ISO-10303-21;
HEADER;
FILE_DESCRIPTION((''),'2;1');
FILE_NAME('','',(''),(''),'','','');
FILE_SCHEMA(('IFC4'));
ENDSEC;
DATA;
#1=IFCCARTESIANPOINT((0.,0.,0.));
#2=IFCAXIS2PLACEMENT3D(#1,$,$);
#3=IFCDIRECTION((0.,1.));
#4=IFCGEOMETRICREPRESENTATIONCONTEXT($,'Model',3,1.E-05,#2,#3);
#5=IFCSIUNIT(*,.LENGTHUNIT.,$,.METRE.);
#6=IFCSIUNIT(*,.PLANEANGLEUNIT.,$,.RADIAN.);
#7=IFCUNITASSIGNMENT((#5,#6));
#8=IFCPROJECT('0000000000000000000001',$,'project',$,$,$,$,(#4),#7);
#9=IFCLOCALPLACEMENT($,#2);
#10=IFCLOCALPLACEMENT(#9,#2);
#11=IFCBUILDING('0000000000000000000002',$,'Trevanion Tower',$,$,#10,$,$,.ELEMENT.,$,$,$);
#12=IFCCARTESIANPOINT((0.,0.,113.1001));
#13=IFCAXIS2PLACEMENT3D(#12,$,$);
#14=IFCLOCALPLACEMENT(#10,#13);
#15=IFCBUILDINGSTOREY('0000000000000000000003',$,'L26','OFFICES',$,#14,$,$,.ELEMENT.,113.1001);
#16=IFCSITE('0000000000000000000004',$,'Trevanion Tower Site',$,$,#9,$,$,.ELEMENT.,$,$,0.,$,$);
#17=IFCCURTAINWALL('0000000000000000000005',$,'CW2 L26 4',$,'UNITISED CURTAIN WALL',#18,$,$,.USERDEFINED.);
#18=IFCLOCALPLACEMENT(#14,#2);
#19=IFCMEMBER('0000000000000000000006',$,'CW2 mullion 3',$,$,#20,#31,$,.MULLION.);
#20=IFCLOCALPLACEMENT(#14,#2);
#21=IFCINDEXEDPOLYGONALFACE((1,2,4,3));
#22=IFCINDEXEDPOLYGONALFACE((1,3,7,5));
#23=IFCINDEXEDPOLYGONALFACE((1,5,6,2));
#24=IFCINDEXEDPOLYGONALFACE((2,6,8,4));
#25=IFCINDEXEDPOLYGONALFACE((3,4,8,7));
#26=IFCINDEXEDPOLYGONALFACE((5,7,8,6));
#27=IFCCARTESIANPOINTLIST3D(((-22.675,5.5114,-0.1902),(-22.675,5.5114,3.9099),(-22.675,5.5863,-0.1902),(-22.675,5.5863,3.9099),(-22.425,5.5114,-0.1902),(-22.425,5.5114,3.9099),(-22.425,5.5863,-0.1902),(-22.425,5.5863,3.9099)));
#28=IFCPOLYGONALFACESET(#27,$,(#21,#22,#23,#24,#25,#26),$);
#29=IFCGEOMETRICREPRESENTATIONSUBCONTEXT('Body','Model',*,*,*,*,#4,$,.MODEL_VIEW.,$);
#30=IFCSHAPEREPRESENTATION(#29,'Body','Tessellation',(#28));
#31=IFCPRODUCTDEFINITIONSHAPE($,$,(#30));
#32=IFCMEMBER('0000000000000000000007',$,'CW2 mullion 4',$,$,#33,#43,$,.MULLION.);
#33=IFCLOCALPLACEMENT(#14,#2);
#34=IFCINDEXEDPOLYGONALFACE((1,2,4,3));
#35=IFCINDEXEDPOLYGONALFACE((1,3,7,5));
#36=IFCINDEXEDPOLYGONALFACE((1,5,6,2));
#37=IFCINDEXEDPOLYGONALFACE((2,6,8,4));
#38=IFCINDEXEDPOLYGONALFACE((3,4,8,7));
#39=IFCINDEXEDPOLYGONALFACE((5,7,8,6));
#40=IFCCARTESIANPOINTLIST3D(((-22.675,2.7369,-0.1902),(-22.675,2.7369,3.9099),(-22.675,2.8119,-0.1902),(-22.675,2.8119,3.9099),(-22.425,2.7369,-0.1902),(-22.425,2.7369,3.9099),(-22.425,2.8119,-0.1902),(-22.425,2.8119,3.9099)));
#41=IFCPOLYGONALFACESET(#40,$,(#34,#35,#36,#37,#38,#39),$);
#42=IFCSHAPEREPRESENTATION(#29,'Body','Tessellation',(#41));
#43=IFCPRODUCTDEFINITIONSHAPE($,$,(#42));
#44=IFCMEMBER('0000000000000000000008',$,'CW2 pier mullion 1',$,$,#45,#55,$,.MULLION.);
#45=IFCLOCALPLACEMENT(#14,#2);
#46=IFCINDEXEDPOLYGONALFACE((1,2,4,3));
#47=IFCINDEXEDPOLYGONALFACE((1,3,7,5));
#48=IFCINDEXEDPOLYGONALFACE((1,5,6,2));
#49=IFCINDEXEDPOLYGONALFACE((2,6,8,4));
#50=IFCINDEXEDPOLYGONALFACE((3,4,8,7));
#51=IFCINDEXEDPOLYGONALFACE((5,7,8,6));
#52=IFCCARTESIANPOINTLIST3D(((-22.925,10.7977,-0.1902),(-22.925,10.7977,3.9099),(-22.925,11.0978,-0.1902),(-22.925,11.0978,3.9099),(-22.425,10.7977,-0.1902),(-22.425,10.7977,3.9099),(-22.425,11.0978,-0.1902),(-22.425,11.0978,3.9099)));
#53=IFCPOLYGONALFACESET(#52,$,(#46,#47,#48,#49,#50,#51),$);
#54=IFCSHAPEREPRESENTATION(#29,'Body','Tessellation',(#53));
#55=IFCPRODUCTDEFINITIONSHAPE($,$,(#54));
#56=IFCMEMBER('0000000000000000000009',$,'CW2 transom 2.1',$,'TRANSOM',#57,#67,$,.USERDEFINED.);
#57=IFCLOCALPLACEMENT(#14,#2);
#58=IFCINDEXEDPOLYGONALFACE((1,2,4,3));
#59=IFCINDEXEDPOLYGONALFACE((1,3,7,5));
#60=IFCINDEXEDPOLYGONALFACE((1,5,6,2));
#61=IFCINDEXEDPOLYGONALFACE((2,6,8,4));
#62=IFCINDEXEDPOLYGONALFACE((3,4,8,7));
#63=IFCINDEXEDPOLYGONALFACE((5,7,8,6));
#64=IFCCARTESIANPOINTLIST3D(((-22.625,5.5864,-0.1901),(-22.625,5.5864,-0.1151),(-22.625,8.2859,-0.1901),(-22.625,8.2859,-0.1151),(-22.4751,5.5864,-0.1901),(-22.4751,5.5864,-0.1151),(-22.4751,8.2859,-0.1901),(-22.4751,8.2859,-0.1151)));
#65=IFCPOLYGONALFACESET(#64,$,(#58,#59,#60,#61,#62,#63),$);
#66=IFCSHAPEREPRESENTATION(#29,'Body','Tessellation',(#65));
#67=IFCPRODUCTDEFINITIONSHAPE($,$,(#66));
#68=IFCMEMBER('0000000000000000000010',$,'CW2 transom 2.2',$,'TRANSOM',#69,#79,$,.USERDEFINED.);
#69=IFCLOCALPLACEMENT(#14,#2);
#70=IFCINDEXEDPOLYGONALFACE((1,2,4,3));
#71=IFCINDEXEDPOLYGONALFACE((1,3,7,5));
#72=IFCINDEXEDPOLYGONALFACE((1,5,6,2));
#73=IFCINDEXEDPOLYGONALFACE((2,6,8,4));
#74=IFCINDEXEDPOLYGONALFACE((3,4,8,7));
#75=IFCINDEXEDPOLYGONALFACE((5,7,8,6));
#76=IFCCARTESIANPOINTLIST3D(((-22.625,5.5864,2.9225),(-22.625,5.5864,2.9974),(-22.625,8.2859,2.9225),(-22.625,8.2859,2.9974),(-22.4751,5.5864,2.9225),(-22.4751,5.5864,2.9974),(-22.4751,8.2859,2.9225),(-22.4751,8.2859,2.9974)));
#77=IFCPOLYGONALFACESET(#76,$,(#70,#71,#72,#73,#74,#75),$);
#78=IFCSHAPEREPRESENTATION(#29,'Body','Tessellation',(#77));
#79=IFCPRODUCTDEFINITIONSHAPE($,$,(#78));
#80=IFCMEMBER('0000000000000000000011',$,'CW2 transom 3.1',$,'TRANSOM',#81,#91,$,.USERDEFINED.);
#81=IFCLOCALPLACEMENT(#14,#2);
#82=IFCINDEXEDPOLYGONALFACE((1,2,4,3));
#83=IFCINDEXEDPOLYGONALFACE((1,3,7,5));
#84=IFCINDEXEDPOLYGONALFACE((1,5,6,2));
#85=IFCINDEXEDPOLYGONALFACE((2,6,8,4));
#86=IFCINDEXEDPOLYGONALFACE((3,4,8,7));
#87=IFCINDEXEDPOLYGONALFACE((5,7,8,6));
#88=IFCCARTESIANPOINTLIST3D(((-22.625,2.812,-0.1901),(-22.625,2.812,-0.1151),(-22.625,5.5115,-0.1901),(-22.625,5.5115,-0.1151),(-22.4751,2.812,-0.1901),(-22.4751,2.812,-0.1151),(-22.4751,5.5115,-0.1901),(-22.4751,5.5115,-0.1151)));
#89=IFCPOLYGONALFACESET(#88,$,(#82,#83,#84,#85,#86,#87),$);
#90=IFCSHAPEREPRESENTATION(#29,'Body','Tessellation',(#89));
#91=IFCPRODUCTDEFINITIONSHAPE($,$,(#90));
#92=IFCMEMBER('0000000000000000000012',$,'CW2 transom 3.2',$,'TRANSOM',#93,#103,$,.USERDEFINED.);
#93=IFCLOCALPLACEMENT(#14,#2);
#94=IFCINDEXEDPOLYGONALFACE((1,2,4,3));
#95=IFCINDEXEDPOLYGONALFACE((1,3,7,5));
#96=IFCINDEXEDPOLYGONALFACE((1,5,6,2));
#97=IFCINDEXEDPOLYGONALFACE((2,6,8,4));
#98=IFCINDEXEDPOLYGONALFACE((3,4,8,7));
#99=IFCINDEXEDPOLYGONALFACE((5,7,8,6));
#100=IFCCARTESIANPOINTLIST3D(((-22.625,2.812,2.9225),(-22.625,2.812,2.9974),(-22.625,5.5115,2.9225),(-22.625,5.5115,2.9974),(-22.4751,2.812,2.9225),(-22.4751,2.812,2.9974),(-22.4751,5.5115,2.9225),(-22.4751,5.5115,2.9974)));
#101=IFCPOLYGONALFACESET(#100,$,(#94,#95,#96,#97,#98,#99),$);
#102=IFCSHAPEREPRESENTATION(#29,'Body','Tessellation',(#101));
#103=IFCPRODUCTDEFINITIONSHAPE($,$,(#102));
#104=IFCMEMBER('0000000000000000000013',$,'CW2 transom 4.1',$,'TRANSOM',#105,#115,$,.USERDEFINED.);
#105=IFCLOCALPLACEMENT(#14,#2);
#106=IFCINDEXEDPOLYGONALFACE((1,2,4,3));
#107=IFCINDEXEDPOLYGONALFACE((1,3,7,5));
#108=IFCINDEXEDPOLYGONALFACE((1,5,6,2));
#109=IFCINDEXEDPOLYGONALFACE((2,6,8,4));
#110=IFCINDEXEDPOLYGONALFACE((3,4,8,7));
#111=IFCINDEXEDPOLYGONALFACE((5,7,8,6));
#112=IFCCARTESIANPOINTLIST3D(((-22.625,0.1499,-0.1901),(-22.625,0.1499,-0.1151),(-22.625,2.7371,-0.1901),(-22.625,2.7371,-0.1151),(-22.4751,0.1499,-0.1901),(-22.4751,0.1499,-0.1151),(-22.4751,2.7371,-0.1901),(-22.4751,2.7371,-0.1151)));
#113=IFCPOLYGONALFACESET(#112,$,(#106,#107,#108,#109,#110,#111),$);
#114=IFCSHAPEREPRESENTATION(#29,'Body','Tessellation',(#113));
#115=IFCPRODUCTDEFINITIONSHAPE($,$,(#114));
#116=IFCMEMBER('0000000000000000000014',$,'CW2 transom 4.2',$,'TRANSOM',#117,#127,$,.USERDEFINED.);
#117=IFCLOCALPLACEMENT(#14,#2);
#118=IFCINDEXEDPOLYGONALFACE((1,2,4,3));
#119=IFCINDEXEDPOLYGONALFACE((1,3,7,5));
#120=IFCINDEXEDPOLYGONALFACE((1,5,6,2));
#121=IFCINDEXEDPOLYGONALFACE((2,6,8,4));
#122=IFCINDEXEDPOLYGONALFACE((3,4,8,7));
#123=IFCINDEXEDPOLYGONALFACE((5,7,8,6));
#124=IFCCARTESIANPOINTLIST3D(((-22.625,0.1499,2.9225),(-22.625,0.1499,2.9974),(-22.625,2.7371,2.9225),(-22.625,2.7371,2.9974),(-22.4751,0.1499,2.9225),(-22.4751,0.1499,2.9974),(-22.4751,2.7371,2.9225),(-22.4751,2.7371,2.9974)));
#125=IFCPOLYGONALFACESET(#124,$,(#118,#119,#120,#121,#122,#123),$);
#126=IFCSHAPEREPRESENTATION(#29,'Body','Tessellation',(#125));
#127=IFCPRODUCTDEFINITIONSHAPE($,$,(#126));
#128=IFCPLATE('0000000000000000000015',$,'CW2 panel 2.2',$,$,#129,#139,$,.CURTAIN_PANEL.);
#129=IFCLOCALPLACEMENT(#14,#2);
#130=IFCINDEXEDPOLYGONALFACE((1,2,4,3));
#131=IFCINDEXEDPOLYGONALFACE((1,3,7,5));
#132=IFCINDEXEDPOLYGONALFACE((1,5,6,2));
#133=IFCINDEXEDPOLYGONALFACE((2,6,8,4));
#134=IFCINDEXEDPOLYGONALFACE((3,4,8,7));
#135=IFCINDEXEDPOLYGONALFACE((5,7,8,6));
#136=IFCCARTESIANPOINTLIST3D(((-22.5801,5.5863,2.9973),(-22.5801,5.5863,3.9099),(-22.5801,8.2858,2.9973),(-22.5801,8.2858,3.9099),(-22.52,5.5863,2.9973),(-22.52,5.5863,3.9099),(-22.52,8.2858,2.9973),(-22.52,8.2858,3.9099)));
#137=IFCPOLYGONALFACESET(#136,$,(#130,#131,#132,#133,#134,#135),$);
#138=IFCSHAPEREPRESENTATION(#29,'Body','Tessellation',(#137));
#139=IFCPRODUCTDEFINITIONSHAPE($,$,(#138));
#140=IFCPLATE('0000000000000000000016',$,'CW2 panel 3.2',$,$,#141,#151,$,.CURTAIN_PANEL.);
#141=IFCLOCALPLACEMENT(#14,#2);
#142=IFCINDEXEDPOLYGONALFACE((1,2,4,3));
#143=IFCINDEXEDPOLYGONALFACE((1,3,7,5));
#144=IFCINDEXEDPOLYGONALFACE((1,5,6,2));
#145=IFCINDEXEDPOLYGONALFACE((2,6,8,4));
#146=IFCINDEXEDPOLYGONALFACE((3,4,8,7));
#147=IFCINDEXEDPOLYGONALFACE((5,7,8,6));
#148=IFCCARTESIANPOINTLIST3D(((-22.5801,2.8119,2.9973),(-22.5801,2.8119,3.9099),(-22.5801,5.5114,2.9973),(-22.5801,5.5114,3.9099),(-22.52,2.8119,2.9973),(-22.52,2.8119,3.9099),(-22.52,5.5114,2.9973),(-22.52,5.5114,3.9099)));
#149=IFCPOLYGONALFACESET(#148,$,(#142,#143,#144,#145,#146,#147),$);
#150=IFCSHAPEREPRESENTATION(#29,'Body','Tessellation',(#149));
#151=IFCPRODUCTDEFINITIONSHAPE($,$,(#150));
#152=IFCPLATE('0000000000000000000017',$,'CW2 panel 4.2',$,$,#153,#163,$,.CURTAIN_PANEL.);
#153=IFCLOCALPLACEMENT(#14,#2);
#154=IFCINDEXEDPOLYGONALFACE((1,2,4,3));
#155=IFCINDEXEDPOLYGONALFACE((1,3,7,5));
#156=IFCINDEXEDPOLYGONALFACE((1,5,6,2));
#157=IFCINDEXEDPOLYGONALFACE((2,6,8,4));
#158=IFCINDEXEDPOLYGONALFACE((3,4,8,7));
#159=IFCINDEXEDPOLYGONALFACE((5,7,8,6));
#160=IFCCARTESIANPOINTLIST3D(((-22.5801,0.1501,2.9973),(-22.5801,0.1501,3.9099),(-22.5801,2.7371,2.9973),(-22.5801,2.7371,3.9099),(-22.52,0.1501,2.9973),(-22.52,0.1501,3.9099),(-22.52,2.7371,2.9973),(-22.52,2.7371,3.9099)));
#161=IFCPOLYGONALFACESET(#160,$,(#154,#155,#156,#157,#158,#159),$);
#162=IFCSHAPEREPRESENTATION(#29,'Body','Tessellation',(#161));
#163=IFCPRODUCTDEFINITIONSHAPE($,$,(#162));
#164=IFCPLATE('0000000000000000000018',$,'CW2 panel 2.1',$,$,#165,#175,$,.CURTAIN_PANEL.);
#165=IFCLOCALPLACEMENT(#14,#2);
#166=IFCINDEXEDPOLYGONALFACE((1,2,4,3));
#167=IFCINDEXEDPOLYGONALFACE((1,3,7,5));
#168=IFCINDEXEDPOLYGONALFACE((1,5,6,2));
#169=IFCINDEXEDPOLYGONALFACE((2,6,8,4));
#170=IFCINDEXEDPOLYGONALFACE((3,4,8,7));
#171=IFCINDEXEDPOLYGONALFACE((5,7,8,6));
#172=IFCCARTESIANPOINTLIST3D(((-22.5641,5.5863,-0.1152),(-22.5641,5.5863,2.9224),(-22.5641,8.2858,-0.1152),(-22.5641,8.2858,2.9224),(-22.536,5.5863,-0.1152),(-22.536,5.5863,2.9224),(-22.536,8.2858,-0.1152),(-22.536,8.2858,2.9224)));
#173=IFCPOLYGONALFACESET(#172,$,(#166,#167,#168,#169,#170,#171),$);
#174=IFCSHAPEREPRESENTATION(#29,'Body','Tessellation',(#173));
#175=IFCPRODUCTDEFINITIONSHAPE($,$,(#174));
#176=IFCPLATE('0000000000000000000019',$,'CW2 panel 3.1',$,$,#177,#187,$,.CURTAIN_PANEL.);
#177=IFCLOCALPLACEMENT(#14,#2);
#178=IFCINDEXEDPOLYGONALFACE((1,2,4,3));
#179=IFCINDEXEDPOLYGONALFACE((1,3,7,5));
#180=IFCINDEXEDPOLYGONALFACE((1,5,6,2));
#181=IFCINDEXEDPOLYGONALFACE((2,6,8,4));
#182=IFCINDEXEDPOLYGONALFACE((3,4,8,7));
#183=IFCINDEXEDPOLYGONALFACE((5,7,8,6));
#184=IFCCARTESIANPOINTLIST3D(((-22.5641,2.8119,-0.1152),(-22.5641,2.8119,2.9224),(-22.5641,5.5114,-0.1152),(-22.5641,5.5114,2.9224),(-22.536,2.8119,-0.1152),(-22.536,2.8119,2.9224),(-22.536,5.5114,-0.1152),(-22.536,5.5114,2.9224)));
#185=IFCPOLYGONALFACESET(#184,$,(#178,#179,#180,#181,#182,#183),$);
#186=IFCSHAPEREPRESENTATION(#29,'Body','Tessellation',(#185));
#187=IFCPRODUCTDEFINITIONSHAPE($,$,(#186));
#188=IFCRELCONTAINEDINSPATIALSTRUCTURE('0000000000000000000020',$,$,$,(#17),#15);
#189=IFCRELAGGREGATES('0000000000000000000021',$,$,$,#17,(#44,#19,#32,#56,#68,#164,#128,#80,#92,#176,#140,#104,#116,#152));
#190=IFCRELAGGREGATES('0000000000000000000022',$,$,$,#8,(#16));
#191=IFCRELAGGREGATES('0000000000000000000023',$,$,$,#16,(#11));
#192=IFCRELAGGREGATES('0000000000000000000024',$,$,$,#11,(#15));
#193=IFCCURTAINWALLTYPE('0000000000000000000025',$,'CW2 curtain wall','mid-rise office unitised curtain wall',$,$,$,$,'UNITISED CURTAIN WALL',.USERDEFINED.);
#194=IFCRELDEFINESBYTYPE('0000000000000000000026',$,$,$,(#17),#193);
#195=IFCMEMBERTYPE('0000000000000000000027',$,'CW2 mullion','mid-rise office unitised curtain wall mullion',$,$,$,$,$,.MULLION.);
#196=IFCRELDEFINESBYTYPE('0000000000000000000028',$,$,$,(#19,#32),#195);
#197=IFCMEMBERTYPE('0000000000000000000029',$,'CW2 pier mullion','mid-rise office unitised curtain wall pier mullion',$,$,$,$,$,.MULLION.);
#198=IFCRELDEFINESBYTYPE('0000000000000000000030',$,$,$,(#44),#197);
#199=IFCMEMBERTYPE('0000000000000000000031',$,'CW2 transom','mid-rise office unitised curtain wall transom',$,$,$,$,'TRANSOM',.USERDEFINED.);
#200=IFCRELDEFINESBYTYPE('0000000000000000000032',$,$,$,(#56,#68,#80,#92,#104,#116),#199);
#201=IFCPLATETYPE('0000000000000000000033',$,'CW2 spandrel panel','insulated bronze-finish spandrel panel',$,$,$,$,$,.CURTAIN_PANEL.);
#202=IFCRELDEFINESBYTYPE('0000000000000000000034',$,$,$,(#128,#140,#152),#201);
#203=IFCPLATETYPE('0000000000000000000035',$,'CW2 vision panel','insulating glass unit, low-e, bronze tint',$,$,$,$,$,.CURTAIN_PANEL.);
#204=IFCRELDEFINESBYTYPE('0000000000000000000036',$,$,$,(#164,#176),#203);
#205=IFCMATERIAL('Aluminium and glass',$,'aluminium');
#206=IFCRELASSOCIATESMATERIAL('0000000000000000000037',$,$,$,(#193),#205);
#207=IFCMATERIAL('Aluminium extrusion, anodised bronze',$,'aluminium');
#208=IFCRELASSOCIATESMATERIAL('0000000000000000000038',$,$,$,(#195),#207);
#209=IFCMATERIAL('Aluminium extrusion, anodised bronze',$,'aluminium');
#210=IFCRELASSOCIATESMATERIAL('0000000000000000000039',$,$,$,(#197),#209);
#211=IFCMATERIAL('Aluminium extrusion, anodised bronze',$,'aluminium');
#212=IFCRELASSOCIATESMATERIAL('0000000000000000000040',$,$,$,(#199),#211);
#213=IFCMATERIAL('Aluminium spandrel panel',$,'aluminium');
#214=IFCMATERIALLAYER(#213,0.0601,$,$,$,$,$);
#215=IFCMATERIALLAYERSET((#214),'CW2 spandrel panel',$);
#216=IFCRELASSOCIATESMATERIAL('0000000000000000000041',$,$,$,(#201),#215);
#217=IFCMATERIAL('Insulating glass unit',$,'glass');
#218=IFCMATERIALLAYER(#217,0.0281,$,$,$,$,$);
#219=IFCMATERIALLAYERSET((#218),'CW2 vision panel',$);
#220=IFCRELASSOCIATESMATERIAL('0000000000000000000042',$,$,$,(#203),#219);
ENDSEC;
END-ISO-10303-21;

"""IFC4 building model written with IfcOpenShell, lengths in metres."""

from ifc_helpers import new_model, si_unit, direction, frame, origin, origin_2d, place, context, subcontext, project, spatial, rectangle, extrude, material, layer, layer_set, material_profile, profile_set, type_object, element, aggregate, save


model = new_model("IFC4")

# Units and contexts
model_context = context("Model", 3, precision=1e-05, world=origin(), true_north=direction((0.0, 1.0)))
body_context = subcontext(model_context, "Body", "Model", "MODEL_VIEW")
ifc_project = project(units=[si_unit("LENGTHUNIT", "METRE"), si_unit("PLANEANGLEUNIT", "RADIAN")], contexts=[model_context])

# Site, building, storey
site_placement = place(None, origin())
site = spatial("IfcSite", under=ifc_project, at=site_placement, Name="Trevanion Tower Site", CompositionType="ELEMENT", RefElevation=0.0)
building_placement = place(site_placement, origin())
building = spatial("IfcBuilding", under=site, at=building_placement, Name="Trevanion Tower", CompositionType="ELEMENT")
storey_placement = place(building_placement, frame((0.0, 0.0, 113.1001)))
storey = spatial("IfcBuildingStorey", under=building, at=storey_placement, Name="L26", Description="OFFICES", CompositionType="ELEMENT", Elevation=113.1001)

# Curtain wall, members, plates
ifc_material_1 = material(Name="Aluminium and glass", Category="aluminium")
curtain_wall_type = type_object("IfcCurtainWallType", Name="CW2 curtain wall", Description="mid-rise office unitised curtain wall", ElementType="UNITISED CURTAIN WALL", PredefinedType="USERDEFINED", material=ifc_material_1)
curtain_wall_placement = place(storey_placement, origin())
curtain_wall = element("IfcCurtainWall", 1, at=curtain_wall_placement, inside=storey, type_object=curtain_wall_type, Name="CW2 L26 4", ObjectType="UNITISED CURTAIN WALL", PredefinedType="USERDEFINED")
ifc_material_2 = material(Name="Aluminium extrusion, anodised bronze", Category="aluminium")
ifc_material_profile_1 = material_profile(ifc_material_2, rectangle(XDim=0.075, YDim=0.25, at=origin_2d()), Name="CW2 mullion")
ifc_profile_set_1 = profile_set([ifc_material_profile_1], Name="Aluminium extrusion, anodised bronze")
member_type_1 = type_object("IfcMemberType", Name="CW2 mullion", Description="mid-rise office unitised curtain wall mullion", PredefinedType="MULLION", material=ifc_profile_set_1)
member_1_placement = place(storey_placement, frame((-22.55, 5.5488, -0.1902), z_axis=(0.0, 0.0, 1.0), x_axis=(0.0, -1.0, 0.0)))
member_1 = element("IfcMember", 2, at=member_1_placement, type_object=member_type_1, Name="CW2 mullion 3", PredefinedType="MULLION", context=body_context, shape_type="SweptSolid", body=[
    extrude(rectangle(XDim=0.075, YDim=0.25, at=origin_2d()), origin(), (0.0, 0.0, 1.0), 4.1001),
])
member_2_placement = place(storey_placement, frame((-22.55, 2.7744, -0.1902), z_axis=(0.0, 0.0, 1.0), x_axis=(0.0, -1.0, 0.0)))
member_2 = element("IfcMember", 3, at=member_2_placement, type_object=member_type_1, Name="CW2 mullion 4", PredefinedType="MULLION", context=body_context, shape_type="SweptSolid", body=[
    extrude(rectangle(XDim=0.075, YDim=0.25, at=origin_2d()), origin(), (0.0, 0.0, 1.0), 4.1001),
])
ifc_material_3 = material(Name="Aluminium extrusion, anodised bronze", Category="aluminium")
ifc_material_profile_2 = material_profile(ifc_material_3, rectangle(XDim=0.3, YDim=0.5, at=origin_2d()), Name="CW2 pier mullion")
ifc_profile_set_2 = profile_set([ifc_material_profile_2], Name="Aluminium extrusion, anodised bronze")
member_type_2 = type_object("IfcMemberType", Name="CW2 pier mullion", Description="mid-rise office unitised curtain wall pier mullion", PredefinedType="MULLION", material=ifc_profile_set_2)
member_3_placement = place(storey_placement, frame((-22.675, 10.9478, -0.1902), z_axis=(0.0, 0.0, 1.0), x_axis=(0.0, -1.0, 0.0)))
member_3 = element("IfcMember", 4, at=member_3_placement, type_object=member_type_2, Name="CW2 pier mullion 1", PredefinedType="MULLION", context=body_context, shape_type="SweptSolid", body=[
    extrude(rectangle(XDim=0.3, YDim=0.5, at=origin_2d()), origin(), (0.0, 0.0, 1.0), 4.1001),
])
ifc_material_4 = material(Name="Aluminium extrusion, anodised bronze", Category="aluminium")
ifc_material_profile_3 = material_profile(ifc_material_4, rectangle(XDim=0.1499, YDim=0.075, at=origin_2d()), Name="CW2 transom")
ifc_profile_set_3 = profile_set([ifc_material_profile_3], Name="Aluminium extrusion, anodised bronze")
member_type_3 = type_object("IfcMemberType", Name="CW2 transom", Description="mid-rise office unitised curtain wall transom", ElementType="TRANSOM", PredefinedType="USERDEFINED", material=ifc_profile_set_3)
member_4_placement = place(storey_placement, frame((-22.55, 8.2859, -0.1526), z_axis=(0.0, -1.0, 0.0), x_axis=(1.0, 0.0, 0.0)))
member_4 = element("IfcMember", 5, at=member_4_placement, type_object=member_type_3, Name="CW2 transom 2.1", ObjectType="TRANSOM", PredefinedType="USERDEFINED", context=body_context, shape_type="SweptSolid", body=[
    extrude(rectangle(XDim=0.1499, YDim=0.075, at=origin_2d()), origin(), (0.0, 0.0, 1.0), 2.6995),
])
member_5_placement = place(storey_placement, frame((-22.55, 8.2859, 2.96), z_axis=(0.0, -1.0, 0.0), x_axis=(1.0, 0.0, 0.0)))
member_5 = element("IfcMember", 6, at=member_5_placement, type_object=member_type_3, Name="CW2 transom 2.2", ObjectType="TRANSOM", PredefinedType="USERDEFINED", context=body_context, shape_type="SweptSolid", body=[
    extrude(rectangle(XDim=0.1499, YDim=0.075, at=origin_2d()), origin(), (0.0, 0.0, 1.0), 2.6995),
])
member_6_placement = place(storey_placement, frame((-22.55, 5.5115, -0.1526), z_axis=(0.0, -1.0, 0.0), x_axis=(1.0, 0.0, 0.0)))
member_6 = element("IfcMember", 7, at=member_6_placement, type_object=member_type_3, Name="CW2 transom 3.1", ObjectType="TRANSOM", PredefinedType="USERDEFINED", context=body_context, shape_type="SweptSolid", body=[
    extrude(rectangle(XDim=0.1499, YDim=0.075, at=origin_2d()), origin(), (0.0, 0.0, 1.0), 2.6995),
])
member_7_placement = place(storey_placement, frame((-22.55, 5.5115, 2.96), z_axis=(0.0, -1.0, 0.0), x_axis=(1.0, 0.0, 0.0)))
member_7 = element("IfcMember", 8, at=member_7_placement, type_object=member_type_3, Name="CW2 transom 3.2", ObjectType="TRANSOM", PredefinedType="USERDEFINED", context=body_context, shape_type="SweptSolid", body=[
    extrude(rectangle(XDim=0.1499, YDim=0.075, at=origin_2d()), origin(), (0.0, 0.0, 1.0), 2.6995),
])
member_8_placement = place(storey_placement, frame((-22.55, 2.7371, -0.1526), z_axis=(0.0, -1.0, 0.0), x_axis=(1.0, 0.0, 0.0)))
member_8 = element("IfcMember", 9, at=member_8_placement, type_object=member_type_3, Name="CW2 transom 4.1", ObjectType="TRANSOM", PredefinedType="USERDEFINED", context=body_context, shape_type="SweptSolid", body=[
    extrude(rectangle(XDim=0.1499, YDim=0.075, at=origin_2d()), origin(), (0.0, 0.0, 1.0), 2.5872),
])
member_9_placement = place(storey_placement, frame((-22.55, 2.7371, 2.96), z_axis=(0.0, -1.0, 0.0), x_axis=(1.0, 0.0, 0.0)))
member_9 = element("IfcMember", 10, at=member_9_placement, type_object=member_type_3, Name="CW2 transom 4.2", ObjectType="TRANSOM", PredefinedType="USERDEFINED", context=body_context, shape_type="SweptSolid", body=[
    extrude(rectangle(XDim=0.1499, YDim=0.075, at=origin_2d()), origin(), (0.0, 0.0, 1.0), 2.5872),
])
ifc_material_5 = material(Name="Aluminium spandrel panel", Category="aluminium")
ifc_layer_1 = layer(ifc_material_5, 0.0601)
ifc_layer_set_1 = layer_set([ifc_layer_1], Name="CW2 spandrel panel")
plate_type_1 = type_object("IfcPlateType", Name="CW2 spandrel panel", Description="insulated bronze-finish spandrel panel", PredefinedType="CURTAIN_PANEL", material=ifc_layer_set_1)
plate_1_placement = place(storey_placement, frame((-22.55, 6.936, 2.9973), z_axis=(0.0, 0.0, 1.0), x_axis=(0.0, -1.0, 0.0)))
plate_1 = element("IfcPlate", 11, at=plate_1_placement, type_object=plate_type_1, Name="CW2 panel 2.2", PredefinedType="CURTAIN_PANEL", context=body_context, shape_type="SweptSolid", body=[
    extrude(rectangle(XDim=2.6995, YDim=0.0601, at=origin_2d()), origin(), (0.0, 0.0, 1.0), 0.9126),
])
plate_2_placement = place(storey_placement, frame((-22.55, 4.1616, 2.9973), z_axis=(0.0, 0.0, 1.0), x_axis=(0.0, -1.0, 0.0)))
plate_2 = element("IfcPlate", 12, at=plate_2_placement, type_object=plate_type_1, Name="CW2 panel 3.2", PredefinedType="CURTAIN_PANEL", context=body_context, shape_type="SweptSolid", body=[
    extrude(rectangle(XDim=2.6995, YDim=0.0601, at=origin_2d()), origin(), (0.0, 0.0, 1.0), 0.9126),
])
plate_3_placement = place(storey_placement, frame((-22.55, 1.4436, 2.9973), z_axis=(0.0, 0.0, 1.0), x_axis=(0.0, -1.0, 0.0)))
plate_3 = element("IfcPlate", 13, at=plate_3_placement, type_object=plate_type_1, Name="CW2 panel 4.2", PredefinedType="CURTAIN_PANEL", context=body_context, shape_type="SweptSolid", body=[
    extrude(rectangle(XDim=2.5869, YDim=0.0601, at=origin_2d()), origin(), (0.0, 0.0, 1.0), 0.9126),
])
ifc_material_6 = material(Name="Insulating glass unit", Category="glass")
ifc_layer_2 = layer(ifc_material_6, 0.0281)
ifc_layer_set_2 = layer_set([ifc_layer_2], Name="CW2 vision panel")
plate_type_2 = type_object("IfcPlateType", Name="CW2 vision panel", Description="insulating glass unit, low-e, bronze tint", PredefinedType="CURTAIN_PANEL", material=ifc_layer_set_2)
plate_4_placement = place(storey_placement, frame((-22.55, 6.936, -0.1152), z_axis=(0.0, 0.0, 1.0), x_axis=(0.0, -1.0, 0.0)))
plate_4 = element("IfcPlate", 14, at=plate_4_placement, type_object=plate_type_2, Name="CW2 panel 2.1", PredefinedType="CURTAIN_PANEL", context=body_context, shape_type="SweptSolid", body=[
    extrude(rectangle(XDim=2.6995, YDim=0.0281, at=origin_2d()), origin(), (0.0, 0.0, 1.0), 3.0376),
])
plate_5_placement = place(storey_placement, frame((-22.55, 4.1616, -0.1152), z_axis=(0.0, 0.0, 1.0), x_axis=(0.0, -1.0, 0.0)))
plate_5 = element("IfcPlate", 15, at=plate_5_placement, type_object=plate_type_2, Name="CW2 panel 3.1", PredefinedType="CURTAIN_PANEL", context=body_context, shape_type="SweptSolid", body=[
    extrude(rectangle(XDim=2.6995, YDim=0.0281, at=origin_2d()), origin(), (0.0, 0.0, 1.0), 3.0376),
])
aggregate(curtain_wall, [member_3, member_1, member_2, member_4, member_5, plate_4, plate_1, member_6, member_7, plate_5, plate_2, member_8, member_9, plate_3])

save(model, "model.ifc")
